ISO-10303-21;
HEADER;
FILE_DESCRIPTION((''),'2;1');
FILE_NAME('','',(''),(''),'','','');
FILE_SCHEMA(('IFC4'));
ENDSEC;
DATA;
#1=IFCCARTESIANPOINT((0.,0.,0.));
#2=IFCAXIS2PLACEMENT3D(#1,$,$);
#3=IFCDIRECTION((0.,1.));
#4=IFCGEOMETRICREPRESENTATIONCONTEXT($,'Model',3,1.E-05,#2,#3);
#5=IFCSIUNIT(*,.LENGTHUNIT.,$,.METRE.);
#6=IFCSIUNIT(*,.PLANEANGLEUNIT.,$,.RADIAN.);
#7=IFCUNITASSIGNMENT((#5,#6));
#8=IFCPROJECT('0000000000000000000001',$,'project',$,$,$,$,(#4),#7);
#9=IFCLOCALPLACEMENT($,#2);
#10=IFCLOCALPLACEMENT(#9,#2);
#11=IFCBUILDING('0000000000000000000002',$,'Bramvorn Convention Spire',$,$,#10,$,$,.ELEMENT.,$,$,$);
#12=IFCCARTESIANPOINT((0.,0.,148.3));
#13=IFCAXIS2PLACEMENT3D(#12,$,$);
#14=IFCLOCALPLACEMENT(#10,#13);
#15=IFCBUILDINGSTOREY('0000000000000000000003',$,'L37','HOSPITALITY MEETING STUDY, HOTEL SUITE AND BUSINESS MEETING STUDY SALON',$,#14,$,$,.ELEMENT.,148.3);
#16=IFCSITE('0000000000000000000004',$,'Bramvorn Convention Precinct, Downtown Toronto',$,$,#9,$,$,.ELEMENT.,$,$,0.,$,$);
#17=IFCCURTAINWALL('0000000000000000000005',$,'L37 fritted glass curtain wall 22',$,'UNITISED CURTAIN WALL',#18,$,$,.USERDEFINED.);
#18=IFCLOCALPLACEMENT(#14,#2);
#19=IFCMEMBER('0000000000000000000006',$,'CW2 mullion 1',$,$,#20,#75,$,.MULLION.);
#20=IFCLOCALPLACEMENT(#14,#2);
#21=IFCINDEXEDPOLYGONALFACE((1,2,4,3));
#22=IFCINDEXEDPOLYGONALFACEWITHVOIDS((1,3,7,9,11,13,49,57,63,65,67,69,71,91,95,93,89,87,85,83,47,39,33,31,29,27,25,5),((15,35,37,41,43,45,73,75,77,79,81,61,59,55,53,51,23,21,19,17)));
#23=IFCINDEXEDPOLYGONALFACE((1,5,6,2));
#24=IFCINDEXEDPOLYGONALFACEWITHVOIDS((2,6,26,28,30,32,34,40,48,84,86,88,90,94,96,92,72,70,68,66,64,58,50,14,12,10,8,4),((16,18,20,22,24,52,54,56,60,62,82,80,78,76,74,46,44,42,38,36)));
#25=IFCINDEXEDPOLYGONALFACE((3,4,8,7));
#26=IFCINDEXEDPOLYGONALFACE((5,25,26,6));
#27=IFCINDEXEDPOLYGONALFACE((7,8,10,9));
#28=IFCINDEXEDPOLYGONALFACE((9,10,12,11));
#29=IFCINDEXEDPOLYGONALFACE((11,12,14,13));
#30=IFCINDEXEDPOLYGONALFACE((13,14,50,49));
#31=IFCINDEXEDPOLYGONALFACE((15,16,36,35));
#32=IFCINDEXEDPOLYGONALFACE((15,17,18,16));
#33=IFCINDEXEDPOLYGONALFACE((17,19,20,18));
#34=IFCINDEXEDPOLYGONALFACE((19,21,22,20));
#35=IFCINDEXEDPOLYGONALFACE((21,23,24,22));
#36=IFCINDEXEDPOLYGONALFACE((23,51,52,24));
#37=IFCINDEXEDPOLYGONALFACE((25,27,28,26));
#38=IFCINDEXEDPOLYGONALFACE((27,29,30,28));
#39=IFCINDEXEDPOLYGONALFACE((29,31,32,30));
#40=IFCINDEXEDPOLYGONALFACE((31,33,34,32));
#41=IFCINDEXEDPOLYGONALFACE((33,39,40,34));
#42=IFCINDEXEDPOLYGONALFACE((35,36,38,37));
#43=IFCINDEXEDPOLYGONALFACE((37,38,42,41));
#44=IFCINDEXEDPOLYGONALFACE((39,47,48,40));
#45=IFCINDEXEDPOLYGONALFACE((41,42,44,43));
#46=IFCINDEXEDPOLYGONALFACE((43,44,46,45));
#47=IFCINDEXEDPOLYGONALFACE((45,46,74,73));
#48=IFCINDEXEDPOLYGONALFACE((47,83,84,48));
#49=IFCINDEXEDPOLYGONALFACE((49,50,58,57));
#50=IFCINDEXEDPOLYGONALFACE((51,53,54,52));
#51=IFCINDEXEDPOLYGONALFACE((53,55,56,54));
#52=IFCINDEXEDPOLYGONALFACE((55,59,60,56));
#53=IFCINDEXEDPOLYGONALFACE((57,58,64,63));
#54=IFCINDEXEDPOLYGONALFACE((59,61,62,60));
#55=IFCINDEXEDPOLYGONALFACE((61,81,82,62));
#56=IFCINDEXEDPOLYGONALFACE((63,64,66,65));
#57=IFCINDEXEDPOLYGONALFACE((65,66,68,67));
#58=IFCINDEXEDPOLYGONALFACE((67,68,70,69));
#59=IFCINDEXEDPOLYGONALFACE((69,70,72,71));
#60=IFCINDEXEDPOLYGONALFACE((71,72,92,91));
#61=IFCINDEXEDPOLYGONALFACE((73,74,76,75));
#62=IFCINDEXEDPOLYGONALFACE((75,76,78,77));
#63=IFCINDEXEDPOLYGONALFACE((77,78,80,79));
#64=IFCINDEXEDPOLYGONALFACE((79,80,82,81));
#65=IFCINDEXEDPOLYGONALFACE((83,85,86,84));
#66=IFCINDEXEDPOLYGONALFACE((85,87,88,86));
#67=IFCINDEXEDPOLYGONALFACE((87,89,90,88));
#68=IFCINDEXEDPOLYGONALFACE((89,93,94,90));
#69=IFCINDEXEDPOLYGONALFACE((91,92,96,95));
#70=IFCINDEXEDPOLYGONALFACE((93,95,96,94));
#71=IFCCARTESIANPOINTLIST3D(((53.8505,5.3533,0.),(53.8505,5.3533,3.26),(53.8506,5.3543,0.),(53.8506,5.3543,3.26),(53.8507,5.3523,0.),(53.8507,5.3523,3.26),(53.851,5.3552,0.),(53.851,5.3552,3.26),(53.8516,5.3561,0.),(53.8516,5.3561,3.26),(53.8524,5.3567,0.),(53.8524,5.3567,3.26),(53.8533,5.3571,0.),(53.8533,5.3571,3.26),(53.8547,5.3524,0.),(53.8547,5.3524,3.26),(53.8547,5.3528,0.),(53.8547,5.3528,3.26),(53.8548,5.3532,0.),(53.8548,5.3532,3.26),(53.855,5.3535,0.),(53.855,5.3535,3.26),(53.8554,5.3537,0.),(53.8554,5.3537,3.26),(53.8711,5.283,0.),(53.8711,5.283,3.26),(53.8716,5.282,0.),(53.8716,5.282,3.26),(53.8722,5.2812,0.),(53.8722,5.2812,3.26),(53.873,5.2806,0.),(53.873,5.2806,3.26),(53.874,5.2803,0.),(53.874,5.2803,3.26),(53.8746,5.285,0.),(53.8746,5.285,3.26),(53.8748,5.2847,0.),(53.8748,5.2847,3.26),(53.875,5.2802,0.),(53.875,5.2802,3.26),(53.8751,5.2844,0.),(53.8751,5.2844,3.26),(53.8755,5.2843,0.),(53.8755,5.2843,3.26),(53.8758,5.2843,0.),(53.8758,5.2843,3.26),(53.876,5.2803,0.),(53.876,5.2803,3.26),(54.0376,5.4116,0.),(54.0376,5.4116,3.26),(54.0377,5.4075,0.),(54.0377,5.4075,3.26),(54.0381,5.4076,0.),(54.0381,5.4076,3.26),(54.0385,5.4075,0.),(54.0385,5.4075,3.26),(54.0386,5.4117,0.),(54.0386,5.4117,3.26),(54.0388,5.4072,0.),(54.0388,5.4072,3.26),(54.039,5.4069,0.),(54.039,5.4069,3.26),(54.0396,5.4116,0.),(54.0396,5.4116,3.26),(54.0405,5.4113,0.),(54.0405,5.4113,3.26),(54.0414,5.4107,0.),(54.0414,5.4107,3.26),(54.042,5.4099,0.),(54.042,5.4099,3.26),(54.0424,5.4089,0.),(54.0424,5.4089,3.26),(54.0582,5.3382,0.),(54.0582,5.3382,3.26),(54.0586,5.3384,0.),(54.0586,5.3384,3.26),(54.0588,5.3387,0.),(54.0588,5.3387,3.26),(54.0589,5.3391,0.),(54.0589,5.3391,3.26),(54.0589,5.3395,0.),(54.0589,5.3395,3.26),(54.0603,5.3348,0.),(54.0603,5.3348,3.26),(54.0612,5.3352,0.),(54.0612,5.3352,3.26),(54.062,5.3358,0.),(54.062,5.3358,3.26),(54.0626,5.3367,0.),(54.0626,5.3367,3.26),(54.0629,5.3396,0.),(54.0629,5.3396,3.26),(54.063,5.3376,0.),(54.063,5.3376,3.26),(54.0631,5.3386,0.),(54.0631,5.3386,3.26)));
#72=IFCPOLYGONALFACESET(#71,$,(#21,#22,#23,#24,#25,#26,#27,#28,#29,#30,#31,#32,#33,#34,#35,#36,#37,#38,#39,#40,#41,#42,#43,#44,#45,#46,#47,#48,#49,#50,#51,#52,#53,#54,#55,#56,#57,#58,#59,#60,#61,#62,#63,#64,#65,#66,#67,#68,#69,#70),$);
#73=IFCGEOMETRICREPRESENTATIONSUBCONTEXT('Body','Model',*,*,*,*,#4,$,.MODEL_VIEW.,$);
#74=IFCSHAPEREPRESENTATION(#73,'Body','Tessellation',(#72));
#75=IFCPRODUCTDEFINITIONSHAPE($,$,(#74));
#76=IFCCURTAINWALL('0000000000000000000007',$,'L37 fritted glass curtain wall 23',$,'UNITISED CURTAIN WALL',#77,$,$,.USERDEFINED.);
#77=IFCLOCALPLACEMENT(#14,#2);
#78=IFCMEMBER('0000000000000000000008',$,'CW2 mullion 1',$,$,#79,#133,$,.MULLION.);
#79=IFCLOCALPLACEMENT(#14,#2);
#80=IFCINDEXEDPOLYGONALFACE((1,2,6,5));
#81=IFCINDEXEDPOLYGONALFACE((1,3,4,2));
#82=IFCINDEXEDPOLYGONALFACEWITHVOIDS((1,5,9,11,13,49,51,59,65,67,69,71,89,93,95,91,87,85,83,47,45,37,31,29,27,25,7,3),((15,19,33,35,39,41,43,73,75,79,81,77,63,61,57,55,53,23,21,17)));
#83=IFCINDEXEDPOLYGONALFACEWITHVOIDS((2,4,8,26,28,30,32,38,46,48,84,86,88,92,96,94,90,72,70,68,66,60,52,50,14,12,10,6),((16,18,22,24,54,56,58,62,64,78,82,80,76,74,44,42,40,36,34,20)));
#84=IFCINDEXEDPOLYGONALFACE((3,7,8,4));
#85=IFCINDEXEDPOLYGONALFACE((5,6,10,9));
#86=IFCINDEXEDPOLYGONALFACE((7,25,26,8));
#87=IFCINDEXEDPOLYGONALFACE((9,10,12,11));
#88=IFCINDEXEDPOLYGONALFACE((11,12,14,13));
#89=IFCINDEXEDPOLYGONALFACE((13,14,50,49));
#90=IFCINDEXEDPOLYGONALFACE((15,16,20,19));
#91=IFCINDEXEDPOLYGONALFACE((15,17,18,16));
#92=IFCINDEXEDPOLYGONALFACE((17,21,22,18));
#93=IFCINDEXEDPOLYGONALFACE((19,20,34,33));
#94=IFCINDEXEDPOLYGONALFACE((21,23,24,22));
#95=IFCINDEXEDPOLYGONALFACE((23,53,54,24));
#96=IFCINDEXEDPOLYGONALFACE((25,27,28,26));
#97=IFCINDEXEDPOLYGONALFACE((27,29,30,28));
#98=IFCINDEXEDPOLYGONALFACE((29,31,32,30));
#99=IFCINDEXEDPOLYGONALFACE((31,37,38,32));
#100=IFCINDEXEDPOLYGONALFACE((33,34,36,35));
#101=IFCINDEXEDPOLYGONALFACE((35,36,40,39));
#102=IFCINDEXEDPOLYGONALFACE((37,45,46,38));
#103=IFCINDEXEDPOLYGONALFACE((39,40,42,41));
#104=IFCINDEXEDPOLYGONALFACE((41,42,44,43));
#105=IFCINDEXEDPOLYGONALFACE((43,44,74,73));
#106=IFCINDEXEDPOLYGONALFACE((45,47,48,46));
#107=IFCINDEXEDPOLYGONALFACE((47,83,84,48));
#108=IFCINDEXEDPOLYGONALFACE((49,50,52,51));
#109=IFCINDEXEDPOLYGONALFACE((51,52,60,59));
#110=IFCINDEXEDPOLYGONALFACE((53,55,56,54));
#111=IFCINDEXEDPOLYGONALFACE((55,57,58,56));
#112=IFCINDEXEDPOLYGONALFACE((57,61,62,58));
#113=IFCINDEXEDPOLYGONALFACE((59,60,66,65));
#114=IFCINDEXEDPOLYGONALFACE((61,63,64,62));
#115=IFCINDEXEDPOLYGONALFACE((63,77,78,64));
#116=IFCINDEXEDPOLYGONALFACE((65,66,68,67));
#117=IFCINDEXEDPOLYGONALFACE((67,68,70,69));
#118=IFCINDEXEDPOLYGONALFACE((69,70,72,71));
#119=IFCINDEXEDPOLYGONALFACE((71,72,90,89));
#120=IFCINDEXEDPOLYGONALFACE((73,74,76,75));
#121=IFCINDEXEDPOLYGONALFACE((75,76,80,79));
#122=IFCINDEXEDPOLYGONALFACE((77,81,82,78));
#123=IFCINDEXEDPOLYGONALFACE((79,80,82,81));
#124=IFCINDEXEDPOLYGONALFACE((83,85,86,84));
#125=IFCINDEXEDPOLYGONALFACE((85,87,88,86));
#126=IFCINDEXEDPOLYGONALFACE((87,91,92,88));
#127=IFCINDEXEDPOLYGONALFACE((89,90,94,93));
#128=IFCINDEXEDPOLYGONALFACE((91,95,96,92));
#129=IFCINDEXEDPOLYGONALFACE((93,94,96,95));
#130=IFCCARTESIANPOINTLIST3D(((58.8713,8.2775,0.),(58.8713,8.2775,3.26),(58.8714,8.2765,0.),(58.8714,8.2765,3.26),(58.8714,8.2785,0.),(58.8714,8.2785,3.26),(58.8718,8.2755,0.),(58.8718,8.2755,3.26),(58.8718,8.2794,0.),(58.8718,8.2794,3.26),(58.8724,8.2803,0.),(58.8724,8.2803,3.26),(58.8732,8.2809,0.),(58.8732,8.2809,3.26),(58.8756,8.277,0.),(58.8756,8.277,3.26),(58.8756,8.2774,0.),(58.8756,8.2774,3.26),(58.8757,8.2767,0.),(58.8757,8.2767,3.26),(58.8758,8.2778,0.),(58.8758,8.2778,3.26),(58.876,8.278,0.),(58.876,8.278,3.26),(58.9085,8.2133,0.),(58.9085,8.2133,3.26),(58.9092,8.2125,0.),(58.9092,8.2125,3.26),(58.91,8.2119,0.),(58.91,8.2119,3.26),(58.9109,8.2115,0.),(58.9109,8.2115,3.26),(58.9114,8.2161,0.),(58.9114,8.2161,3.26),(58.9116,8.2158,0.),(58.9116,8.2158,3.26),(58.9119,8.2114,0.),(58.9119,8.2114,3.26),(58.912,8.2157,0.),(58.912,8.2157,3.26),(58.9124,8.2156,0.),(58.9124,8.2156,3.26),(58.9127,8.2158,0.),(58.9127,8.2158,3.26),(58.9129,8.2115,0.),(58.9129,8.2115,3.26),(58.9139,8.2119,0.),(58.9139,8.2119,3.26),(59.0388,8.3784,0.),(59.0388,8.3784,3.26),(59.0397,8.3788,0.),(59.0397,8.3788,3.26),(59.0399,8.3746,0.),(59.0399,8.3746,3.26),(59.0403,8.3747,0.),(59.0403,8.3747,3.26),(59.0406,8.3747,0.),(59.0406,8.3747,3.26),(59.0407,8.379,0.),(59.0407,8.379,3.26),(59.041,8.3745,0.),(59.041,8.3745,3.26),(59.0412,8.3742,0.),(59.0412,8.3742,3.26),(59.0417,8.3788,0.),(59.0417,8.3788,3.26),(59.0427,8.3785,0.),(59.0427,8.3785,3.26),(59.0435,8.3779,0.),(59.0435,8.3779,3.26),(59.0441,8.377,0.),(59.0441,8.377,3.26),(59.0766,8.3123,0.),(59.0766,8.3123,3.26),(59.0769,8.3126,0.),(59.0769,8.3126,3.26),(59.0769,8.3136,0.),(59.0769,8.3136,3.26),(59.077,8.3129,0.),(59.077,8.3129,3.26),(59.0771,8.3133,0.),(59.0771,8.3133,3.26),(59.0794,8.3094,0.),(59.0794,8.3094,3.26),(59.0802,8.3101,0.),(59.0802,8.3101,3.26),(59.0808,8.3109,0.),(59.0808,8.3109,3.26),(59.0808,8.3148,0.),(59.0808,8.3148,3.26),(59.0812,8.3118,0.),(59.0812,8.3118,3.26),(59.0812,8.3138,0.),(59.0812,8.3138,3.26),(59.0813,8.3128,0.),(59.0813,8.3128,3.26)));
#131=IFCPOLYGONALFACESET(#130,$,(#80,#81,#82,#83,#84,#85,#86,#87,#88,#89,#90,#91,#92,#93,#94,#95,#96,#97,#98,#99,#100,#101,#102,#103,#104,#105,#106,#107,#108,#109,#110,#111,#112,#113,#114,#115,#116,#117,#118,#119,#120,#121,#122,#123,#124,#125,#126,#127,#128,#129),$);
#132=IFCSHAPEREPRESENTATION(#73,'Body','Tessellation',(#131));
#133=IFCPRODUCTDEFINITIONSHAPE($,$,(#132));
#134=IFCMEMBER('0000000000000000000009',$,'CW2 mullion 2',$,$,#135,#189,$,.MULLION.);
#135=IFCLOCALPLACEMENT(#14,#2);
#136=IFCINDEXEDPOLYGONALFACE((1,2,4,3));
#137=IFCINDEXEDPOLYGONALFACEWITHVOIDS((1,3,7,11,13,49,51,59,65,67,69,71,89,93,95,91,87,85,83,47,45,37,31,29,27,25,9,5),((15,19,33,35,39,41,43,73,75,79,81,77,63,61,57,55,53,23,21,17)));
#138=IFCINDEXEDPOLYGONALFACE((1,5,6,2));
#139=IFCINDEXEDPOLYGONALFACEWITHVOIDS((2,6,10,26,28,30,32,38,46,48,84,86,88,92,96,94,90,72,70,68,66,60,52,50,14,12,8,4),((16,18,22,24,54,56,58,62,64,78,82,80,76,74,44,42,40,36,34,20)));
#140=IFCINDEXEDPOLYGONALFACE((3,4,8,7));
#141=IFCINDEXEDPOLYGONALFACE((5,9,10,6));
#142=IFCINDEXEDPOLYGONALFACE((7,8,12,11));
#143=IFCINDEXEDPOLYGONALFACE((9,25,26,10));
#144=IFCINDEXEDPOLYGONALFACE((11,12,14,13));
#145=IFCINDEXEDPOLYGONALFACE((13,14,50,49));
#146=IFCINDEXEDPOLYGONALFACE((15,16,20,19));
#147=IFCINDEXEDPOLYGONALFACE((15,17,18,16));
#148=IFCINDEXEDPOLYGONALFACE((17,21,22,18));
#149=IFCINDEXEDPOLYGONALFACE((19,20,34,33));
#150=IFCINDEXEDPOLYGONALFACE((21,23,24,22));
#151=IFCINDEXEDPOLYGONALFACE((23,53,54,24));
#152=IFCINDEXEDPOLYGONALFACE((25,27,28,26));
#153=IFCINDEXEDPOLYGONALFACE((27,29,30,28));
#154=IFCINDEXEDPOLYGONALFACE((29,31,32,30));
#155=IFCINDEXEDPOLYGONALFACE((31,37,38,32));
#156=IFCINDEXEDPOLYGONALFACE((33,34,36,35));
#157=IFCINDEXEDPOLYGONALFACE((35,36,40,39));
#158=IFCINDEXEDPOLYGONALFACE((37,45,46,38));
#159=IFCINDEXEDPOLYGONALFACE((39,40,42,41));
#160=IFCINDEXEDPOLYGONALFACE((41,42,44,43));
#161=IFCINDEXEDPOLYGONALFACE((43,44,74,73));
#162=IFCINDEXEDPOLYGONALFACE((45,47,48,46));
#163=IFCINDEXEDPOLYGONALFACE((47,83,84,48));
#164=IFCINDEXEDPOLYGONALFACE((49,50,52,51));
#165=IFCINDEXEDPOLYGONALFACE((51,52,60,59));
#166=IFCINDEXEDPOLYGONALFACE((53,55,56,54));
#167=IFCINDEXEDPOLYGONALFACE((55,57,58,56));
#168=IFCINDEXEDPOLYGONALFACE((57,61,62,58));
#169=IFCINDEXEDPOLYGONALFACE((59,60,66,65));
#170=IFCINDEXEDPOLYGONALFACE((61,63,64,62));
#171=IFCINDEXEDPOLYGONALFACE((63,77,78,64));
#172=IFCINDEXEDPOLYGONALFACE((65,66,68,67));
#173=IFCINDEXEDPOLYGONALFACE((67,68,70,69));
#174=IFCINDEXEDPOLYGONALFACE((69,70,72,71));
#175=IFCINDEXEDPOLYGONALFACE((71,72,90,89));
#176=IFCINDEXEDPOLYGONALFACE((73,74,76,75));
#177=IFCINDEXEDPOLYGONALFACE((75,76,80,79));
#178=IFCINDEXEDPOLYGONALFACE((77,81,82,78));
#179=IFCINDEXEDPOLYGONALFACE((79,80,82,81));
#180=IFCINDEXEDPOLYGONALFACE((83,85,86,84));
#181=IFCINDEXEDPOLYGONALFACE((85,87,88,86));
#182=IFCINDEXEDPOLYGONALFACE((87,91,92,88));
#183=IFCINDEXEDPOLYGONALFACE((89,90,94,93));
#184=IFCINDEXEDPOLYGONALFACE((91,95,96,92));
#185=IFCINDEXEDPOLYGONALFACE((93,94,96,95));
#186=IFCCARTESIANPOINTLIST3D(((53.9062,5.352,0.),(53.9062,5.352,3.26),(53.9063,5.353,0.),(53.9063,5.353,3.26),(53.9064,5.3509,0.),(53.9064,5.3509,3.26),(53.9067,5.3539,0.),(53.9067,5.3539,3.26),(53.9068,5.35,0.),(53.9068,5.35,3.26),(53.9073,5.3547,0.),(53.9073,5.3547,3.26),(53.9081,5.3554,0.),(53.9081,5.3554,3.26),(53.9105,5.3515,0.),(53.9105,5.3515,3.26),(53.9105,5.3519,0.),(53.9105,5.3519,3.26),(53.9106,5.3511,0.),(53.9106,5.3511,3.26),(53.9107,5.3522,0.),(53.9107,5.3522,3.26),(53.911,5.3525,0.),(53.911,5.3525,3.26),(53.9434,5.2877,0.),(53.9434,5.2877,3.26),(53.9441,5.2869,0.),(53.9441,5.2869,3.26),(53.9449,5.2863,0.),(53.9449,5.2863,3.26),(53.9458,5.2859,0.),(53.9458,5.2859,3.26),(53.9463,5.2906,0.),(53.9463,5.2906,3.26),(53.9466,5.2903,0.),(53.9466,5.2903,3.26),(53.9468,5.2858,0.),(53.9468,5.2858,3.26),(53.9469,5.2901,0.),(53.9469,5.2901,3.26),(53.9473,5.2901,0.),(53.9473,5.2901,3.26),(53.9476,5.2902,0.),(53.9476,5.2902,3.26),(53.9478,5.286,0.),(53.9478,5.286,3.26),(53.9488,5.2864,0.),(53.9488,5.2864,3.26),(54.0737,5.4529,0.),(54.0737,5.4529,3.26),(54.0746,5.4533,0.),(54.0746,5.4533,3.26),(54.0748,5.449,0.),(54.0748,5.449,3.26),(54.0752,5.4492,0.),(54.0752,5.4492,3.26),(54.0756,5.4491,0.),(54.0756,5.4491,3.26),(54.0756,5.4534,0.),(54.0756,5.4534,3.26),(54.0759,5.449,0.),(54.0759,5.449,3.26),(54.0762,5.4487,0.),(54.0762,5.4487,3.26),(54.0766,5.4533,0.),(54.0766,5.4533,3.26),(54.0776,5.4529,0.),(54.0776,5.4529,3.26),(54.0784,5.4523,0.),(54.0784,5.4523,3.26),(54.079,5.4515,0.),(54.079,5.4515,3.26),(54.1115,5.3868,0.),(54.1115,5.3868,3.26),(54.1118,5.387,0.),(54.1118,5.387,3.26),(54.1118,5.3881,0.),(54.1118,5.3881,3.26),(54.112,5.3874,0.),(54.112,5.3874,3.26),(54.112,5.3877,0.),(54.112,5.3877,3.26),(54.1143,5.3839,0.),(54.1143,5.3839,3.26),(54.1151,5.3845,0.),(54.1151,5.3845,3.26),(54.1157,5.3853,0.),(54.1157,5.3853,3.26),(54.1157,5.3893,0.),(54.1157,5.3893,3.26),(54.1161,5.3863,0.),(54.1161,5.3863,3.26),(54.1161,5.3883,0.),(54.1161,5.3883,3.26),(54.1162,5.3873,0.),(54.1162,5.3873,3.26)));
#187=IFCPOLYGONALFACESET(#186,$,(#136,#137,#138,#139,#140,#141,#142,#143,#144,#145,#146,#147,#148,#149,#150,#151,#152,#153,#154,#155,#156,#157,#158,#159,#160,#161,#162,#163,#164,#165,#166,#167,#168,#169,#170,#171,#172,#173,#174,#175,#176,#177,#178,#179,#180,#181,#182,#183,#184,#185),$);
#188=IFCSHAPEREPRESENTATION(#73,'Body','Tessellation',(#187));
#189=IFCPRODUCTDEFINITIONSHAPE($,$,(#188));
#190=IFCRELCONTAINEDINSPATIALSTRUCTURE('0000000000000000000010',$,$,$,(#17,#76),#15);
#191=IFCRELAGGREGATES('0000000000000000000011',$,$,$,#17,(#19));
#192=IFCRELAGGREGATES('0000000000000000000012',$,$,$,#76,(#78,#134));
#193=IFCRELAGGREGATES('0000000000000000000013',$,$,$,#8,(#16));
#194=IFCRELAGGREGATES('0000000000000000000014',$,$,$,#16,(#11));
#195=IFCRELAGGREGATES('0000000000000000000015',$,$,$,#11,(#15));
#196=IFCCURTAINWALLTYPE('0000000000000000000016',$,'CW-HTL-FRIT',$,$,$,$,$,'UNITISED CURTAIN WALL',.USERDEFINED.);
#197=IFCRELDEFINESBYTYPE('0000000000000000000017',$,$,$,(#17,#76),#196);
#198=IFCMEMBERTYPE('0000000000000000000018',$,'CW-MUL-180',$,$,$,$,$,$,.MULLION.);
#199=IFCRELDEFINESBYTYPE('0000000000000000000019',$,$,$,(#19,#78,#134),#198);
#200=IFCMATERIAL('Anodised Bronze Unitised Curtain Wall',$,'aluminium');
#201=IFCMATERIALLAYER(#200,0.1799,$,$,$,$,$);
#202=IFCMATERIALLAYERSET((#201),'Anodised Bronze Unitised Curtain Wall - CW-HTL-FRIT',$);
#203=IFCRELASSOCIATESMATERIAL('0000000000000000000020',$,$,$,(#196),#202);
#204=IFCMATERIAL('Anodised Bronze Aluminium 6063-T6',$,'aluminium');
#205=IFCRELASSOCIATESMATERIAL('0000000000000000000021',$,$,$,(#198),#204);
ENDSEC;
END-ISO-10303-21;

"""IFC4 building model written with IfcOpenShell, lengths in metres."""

from ifc_helpers import new_model, si_unit, direction, frame, origin, origin_2d, place, context, subcontext, project, spatial, hollow_rectangle, extrude, material, layer, layer_set, material_profile, profile_set, type_object, element, aggregate, save


model = new_model("IFC4")

# Units and contexts
model_context = context("Model", 3, precision=1e-05, world=origin(), true_north=direction((0.0, 1.0)))
body_context = subcontext(model_context, "Body", "Model", "MODEL_VIEW")
ifc_project = project(units=[si_unit("LENGTHUNIT", "METRE"), si_unit("PLANEANGLEUNIT", "RADIAN")], contexts=[model_context])

# Site, building, storey
site_placement = place(None, origin())
site = spatial("IfcSite", under=ifc_project, at=site_placement, Name="Bramvorn Convention Precinct, Downtown Toronto", CompositionType="ELEMENT", RefElevation=0.0)
building_placement = place(site_placement, origin())
building = spatial("IfcBuilding", under=site, at=building_placement, Name="Bramvorn Convention Spire", CompositionType="ELEMENT")
storey_placement = place(building_placement, frame((0.0, 0.0, 148.3)))
storey = spatial("IfcBuildingStorey", under=building, at=storey_placement, Name="L37", Description="HOSPITALITY MEETING STUDY, HOTEL SUITE AND BUSINESS MEETING STUDY SALON", CompositionType="ELEMENT", Elevation=148.3)

# Curtain wall, member
ifc_material_1 = material(Name="Anodised Bronze Unitised Curtain Wall", Category="aluminium")
ifc_layer_1 = layer(ifc_material_1, 0.1799)
ifc_layer_set_1 = layer_set([ifc_layer_1], Name="Anodised Bronze Unitised Curtain Wall - CW-HTL-FRIT")
curtain_wall_type = type_object("IfcCurtainWallType", Name="CW-HTL-FRIT", ElementType="UNITISED CURTAIN WALL", PredefinedType="USERDEFINED", material=ifc_layer_set_1)
curtain_wall_1_placement = place(storey_placement, origin())
curtain_wall_1 = element("IfcCurtainWall", 1, at=curtain_wall_1_placement, inside=storey, type_object=curtain_wall_type, Name="L37 fritted glass curtain wall 22", ObjectType="UNITISED CURTAIN WALL", PredefinedType="USERDEFINED")
ifc_material_2 = material(Name="Anodised Bronze Aluminium 6063-T6", Category="aluminium")
ifc_material_profile_1 = material_profile(ifc_material_2, hollow_rectangle(XDim=0.0801, YDim=0.2, WallThickness=0.0039, InnerFilletRadius=0.001, OuterFilletRadius=0.0039, at=origin_2d()))
ifc_profile_set_1 = profile_set([ifc_material_profile_1], Name="Anodised Bronze Aluminium 6063-T6 - CWM80X200")
member_type_1 = type_object("IfcMemberType", Name="CW-MUL-180", PredefinedType="MULLION", material=ifc_profile_set_1)
member_1_placement = place(storey_placement, frame((53.9568, 5.3459, 0.0), z_axis=(0.0, 0.0, 1.0), x_axis=(0.283385, -0.959006, 0.0)))
member_1 = element("IfcMember", 2, at=member_1_placement, type_object=member_type_1, Name="CW2 mullion 1", PredefinedType="MULLION", context=body_context, shape_type="SweptSolid", body=[
    extrude(hollow_rectangle(XDim=0.0801, YDim=0.2, WallThickness=0.0039, InnerFilletRadius=0.001, OuterFilletRadius=0.0039, at=origin_2d()), origin(), (0.0, 0.0, 1.0), 3.26),
])

# Curtain wall, members
curtain_wall_2_placement = place(storey_placement, origin())
curtain_wall_2 = element("IfcCurtainWall", 3, at=curtain_wall_2_placement, inside=storey, type_object=curtain_wall_type, Name="L37 fritted glass curtain wall 23", ObjectType="UNITISED CURTAIN WALL", PredefinedType="USERDEFINED")
member_2_placement = place(storey_placement, frame((58.9763, 8.2952, 0.0), z_axis=(0.0, 0.0, 1.0), x_axis=(0.507653, -0.861562, 0.0)))
member_2 = element("IfcMember", 4, at=member_2_placement, type_object=member_type_1, Name="CW2 mullion 1", PredefinedType="MULLION", context=body_context, shape_type="SweptSolid", body=[
    extrude(hollow_rectangle(XDim=0.0801, YDim=0.2, WallThickness=0.0039, InnerFilletRadius=0.001, OuterFilletRadius=0.0039, at=origin_2d()), origin(), (0.0, 0.0, 1.0), 3.26),
])
member_3_placement = place(storey_placement, frame((54.0112, 5.3696, 0.0), z_axis=(0.0, 0.0, 1.0), x_axis=(0.507653, -0.861562, 0.0)))
member_3 = element("IfcMember", 5, at=member_3_placement, type_object=member_type_1, Name="CW2 mullion 2", PredefinedType="MULLION", context=body_context, shape_type="SweptSolid", body=[
    extrude(hollow_rectangle(XDim=0.0801, YDim=0.2, WallThickness=0.0039, InnerFilletRadius=0.001, OuterFilletRadius=0.0039, at=origin_2d()), origin(), (0.0, 0.0, 1.0), 3.26),
])

aggregate(curtain_wall_1, [member_1])
aggregate(curtain_wall_2, [member_2, member_3])

save(model, "model.ifc")
